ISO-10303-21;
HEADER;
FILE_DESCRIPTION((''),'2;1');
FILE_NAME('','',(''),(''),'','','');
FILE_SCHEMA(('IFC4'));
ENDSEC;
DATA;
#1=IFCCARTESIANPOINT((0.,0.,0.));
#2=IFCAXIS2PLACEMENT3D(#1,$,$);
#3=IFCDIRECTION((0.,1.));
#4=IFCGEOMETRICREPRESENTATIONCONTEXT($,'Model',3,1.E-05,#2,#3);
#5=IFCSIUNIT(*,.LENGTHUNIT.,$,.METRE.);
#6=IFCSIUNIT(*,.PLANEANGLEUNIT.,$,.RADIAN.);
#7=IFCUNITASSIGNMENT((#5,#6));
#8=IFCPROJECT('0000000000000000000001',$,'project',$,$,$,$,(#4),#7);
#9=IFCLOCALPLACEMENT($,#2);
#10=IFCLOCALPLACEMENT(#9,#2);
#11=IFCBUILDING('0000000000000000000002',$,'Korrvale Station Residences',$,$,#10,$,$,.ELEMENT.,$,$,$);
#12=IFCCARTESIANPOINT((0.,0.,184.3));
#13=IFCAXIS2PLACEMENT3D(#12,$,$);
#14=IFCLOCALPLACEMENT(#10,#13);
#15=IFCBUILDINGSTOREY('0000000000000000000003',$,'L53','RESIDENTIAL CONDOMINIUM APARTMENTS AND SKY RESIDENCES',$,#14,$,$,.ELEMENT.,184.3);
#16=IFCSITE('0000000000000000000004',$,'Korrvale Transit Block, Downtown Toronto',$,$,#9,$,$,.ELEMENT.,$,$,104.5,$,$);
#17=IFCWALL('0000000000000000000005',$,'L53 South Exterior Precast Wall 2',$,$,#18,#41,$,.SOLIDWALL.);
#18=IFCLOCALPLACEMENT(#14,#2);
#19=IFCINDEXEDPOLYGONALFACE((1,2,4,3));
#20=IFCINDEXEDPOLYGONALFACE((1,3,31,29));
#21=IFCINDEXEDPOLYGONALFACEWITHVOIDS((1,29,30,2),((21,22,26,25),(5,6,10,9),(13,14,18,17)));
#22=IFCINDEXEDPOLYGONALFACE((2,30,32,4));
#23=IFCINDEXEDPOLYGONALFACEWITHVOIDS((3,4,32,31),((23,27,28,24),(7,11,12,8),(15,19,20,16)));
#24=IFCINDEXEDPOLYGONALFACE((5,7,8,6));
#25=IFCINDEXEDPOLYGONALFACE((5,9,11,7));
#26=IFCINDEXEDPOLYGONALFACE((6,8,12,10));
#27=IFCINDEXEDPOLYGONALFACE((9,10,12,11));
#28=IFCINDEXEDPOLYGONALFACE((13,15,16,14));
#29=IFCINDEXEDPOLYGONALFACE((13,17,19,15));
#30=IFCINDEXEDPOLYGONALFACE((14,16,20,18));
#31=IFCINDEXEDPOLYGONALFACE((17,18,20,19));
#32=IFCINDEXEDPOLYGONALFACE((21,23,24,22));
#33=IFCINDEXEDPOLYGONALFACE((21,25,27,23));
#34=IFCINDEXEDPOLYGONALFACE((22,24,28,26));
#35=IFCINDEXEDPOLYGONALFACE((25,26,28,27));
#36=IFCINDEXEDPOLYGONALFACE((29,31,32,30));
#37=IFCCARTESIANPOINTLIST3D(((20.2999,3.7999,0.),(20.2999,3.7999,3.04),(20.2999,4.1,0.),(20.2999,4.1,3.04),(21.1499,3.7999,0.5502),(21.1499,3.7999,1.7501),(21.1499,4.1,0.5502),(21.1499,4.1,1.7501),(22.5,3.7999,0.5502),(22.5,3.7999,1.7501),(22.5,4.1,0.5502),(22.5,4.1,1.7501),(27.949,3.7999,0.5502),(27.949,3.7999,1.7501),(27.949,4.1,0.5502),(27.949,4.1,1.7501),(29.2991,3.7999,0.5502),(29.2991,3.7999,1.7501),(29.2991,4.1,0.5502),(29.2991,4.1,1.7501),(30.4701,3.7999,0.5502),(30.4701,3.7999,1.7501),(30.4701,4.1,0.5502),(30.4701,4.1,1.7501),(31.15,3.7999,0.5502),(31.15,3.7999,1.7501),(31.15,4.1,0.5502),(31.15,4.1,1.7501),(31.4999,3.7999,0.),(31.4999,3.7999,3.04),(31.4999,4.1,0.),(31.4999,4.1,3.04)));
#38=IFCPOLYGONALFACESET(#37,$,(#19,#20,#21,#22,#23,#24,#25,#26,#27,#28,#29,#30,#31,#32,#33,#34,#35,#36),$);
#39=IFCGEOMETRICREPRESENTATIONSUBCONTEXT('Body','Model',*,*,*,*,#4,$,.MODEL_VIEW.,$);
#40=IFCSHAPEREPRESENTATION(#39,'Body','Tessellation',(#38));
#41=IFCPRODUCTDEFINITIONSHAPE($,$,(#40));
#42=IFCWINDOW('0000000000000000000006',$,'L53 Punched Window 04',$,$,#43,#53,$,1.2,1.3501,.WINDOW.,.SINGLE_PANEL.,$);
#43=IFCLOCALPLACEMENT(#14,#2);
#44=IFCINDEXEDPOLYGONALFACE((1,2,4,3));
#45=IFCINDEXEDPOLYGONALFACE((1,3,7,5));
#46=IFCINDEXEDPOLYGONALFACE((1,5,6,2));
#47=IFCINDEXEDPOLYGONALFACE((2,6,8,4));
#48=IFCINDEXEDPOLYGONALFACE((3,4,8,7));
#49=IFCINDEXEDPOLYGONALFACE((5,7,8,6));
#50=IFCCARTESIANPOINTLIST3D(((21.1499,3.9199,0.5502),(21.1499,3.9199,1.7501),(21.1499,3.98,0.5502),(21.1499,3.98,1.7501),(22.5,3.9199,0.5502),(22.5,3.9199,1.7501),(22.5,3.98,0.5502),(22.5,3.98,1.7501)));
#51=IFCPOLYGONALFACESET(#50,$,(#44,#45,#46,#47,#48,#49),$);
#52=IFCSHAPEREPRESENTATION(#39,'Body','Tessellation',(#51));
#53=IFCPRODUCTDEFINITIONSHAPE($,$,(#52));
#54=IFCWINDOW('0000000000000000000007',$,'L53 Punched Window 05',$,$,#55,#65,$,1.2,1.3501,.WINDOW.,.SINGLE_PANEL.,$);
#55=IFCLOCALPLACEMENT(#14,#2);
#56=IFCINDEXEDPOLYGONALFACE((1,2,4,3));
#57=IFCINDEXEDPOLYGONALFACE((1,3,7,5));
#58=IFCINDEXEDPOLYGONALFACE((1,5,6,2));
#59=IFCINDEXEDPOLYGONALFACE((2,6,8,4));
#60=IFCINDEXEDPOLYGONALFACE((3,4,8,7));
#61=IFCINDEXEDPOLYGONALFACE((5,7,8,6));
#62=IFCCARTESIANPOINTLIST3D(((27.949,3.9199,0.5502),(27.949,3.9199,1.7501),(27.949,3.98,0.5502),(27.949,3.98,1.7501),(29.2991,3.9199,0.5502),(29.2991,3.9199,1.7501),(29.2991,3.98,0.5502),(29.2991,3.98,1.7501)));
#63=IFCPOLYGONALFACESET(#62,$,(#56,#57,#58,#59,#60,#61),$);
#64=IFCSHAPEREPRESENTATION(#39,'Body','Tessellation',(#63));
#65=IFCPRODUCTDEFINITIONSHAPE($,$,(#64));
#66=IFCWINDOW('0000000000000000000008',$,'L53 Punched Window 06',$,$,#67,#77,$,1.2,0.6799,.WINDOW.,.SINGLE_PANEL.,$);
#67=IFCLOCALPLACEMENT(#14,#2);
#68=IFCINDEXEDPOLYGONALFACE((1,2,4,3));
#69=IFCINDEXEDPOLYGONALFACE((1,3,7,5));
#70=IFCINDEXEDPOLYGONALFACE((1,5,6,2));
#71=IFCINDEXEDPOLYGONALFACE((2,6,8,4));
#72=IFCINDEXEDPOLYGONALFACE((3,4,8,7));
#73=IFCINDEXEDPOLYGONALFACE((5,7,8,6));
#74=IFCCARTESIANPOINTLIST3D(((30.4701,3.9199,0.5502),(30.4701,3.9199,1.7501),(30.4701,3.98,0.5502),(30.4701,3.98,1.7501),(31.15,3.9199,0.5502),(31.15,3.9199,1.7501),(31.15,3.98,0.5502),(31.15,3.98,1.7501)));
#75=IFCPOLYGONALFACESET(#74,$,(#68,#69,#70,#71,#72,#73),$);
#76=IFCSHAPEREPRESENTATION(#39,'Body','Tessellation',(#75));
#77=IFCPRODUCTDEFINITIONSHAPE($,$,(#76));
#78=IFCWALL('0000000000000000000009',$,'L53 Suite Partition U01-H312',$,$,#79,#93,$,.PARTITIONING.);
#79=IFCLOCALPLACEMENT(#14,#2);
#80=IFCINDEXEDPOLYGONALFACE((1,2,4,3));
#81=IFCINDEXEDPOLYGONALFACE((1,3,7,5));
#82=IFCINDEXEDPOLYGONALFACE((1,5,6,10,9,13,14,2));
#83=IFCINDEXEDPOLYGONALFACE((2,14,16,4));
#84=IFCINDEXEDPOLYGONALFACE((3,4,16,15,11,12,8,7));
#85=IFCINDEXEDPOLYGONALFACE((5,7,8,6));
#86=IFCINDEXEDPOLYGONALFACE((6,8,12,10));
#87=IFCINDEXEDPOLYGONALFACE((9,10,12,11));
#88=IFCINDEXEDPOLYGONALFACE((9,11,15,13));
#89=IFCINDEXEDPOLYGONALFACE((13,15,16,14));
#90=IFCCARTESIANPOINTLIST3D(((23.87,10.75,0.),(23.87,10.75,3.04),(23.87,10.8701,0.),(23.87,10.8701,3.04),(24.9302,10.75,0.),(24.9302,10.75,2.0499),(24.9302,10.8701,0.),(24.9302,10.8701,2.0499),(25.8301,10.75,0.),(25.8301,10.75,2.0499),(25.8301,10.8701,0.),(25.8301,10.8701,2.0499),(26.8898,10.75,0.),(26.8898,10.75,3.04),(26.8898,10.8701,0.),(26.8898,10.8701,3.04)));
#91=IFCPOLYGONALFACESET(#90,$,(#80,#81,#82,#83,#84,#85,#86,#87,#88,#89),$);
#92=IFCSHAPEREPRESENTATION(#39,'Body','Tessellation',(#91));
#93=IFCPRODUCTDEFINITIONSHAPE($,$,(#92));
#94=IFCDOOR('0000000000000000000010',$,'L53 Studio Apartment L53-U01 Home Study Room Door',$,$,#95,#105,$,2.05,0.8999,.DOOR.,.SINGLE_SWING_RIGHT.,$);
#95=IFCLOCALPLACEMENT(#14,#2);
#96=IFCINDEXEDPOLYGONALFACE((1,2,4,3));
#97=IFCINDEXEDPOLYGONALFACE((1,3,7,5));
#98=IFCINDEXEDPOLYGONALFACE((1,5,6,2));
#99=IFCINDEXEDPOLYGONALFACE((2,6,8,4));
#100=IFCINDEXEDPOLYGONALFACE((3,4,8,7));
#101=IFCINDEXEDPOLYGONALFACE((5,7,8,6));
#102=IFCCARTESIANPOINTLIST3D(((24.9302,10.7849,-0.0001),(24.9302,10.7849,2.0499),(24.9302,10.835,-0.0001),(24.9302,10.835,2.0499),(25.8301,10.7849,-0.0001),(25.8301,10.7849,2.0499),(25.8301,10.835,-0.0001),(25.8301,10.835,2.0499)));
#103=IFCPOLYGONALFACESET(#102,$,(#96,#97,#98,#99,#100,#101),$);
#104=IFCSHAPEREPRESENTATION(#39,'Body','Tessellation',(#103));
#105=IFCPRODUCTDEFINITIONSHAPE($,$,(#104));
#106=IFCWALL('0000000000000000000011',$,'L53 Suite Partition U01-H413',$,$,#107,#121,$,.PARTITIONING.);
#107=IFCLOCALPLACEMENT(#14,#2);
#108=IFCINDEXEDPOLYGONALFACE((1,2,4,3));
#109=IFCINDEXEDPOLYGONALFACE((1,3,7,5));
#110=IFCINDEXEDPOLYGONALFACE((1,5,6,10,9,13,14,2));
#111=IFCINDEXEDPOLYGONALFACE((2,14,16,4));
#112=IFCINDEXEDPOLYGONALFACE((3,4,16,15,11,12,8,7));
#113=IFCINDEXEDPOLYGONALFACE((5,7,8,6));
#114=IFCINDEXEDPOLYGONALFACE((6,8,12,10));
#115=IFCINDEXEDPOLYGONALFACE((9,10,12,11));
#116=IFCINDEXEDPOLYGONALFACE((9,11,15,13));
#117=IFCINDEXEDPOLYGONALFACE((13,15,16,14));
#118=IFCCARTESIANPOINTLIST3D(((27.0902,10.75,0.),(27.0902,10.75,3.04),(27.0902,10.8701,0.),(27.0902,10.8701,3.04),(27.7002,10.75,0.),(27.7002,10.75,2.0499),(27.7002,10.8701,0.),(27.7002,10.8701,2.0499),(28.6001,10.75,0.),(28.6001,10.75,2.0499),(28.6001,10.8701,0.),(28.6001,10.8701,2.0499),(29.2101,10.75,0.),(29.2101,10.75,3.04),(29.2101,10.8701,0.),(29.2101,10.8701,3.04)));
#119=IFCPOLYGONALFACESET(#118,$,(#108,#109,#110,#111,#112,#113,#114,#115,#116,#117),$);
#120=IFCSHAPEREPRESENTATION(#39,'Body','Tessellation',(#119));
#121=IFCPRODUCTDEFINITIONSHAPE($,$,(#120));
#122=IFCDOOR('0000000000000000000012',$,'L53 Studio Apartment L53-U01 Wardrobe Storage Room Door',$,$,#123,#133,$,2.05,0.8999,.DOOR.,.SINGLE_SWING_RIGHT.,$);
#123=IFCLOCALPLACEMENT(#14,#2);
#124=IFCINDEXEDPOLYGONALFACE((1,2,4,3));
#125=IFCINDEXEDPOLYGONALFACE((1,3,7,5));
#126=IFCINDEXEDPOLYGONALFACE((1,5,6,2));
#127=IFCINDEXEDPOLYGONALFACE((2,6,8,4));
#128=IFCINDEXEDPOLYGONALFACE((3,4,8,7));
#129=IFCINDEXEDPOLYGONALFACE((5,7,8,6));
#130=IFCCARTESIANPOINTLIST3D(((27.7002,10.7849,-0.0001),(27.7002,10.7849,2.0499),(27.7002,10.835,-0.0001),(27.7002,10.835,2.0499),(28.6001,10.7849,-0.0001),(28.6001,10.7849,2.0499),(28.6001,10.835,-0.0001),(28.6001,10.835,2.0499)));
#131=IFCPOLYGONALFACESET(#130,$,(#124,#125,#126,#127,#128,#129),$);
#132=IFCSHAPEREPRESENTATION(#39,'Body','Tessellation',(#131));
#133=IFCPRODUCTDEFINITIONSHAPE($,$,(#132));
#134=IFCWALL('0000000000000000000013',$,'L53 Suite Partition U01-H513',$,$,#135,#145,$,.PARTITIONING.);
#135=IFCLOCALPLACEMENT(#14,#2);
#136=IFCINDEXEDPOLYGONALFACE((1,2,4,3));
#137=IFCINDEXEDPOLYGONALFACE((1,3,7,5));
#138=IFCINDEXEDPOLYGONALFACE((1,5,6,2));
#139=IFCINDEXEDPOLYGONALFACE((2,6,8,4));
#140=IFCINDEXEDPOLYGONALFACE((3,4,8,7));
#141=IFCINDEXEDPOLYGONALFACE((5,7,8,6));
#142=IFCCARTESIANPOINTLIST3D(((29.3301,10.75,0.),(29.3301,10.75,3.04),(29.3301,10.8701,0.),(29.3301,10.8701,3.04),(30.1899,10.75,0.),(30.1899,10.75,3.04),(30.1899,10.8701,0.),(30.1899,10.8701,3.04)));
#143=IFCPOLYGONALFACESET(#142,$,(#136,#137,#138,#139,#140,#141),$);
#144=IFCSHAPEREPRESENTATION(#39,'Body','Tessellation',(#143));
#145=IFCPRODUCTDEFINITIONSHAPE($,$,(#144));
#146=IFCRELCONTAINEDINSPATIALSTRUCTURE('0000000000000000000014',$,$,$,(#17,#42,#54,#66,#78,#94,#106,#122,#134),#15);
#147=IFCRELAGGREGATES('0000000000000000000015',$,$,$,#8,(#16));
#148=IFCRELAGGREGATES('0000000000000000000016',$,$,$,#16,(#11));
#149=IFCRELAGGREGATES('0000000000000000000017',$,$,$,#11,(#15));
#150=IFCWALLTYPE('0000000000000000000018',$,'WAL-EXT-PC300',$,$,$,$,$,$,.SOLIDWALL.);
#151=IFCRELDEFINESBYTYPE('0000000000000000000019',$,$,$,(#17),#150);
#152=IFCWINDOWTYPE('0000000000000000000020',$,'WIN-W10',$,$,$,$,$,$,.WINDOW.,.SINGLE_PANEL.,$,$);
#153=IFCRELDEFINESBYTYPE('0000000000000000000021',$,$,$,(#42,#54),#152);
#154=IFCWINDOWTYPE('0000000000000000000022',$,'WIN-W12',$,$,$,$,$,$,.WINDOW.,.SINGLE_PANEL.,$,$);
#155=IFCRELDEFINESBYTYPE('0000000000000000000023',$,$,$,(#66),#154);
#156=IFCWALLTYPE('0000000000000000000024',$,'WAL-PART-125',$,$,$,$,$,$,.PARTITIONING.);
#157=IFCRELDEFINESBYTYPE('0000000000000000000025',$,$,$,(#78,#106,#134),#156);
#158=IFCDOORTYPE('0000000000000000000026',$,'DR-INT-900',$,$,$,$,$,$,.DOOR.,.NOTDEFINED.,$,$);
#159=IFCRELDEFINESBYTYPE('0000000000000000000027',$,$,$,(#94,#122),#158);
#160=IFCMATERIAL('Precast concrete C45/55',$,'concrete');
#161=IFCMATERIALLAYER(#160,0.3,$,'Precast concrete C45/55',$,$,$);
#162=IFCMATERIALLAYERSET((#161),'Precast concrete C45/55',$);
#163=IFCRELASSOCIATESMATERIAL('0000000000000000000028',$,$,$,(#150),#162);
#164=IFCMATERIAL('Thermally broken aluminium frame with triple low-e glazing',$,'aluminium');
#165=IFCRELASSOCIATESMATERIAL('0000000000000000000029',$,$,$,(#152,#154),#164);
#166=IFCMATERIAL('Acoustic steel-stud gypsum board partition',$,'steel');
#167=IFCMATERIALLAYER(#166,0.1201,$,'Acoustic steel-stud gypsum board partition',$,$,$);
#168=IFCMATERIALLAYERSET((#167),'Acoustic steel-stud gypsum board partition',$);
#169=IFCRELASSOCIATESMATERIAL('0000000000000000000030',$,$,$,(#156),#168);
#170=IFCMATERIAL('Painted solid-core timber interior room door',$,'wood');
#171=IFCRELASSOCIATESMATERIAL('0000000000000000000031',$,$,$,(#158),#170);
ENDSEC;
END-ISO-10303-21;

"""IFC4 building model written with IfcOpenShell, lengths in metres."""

from ifc_helpers import new_model, si_unit, direction, frame, frame_2d, origin, place, context, subcontext, project, spatial, rectangle, extrude, material, layer, layer_set, type_object, element, fill, save


model = new_model("IFC4")

# Units and contexts
model_context = context("Model", 3, precision=1e-05, world=origin(), true_north=direction((0.0, 1.0)))
body_context = subcontext(model_context, "Body", "Model", "MODEL_VIEW")
ifc_project = project(units=[si_unit("LENGTHUNIT", "METRE"), si_unit("PLANEANGLEUNIT", "RADIAN")], contexts=[model_context])

# Site, building, storey
site_placement = place(None, origin())
site = spatial("IfcSite", under=ifc_project, at=site_placement, Name="Korrvale Transit Block, Downtown Toronto", CompositionType="ELEMENT", RefElevation=104.5)
building_placement = place(site_placement, origin())
building = spatial("IfcBuilding", under=site, at=building_placement, Name="Korrvale Station Residences", CompositionType="ELEMENT")
storey_placement = place(building_placement, frame((0.0, 0.0, 184.3)))
storey = spatial("IfcBuildingStorey", under=building, at=storey_placement, Name="L53", Description="RESIDENTIAL CONDOMINIUM APARTMENTS AND SKY RESIDENCES", CompositionType="ELEMENT", Elevation=184.3)

# Shared definitions
ifc_material_1 = material(Name="Precast concrete C45/55", Category="concrete")

# Wall, openings, windows
ifc_layer_1 = layer(ifc_material_1, 0.3, Name="Precast concrete C45/55")
ifc_layer_set_1 = layer_set([ifc_layer_1], Name="Precast concrete C45/55")
wall_type_1 = type_object("IfcWallType", Name="WAL-EXT-PC300", PredefinedType="SOLIDWALL", material=ifc_layer_set_1)
wall_1_placement = place(storey_placement, frame((31.5, 3.95, 0.0), z_axis=(0.0, 0.0, 1.0), x_axis=(-1.0, 0.0, 0.0)))
wall_1 = element("IfcWall", 1, at=wall_1_placement, inside=storey, type_object=wall_type_1, Name="L53 South Exterior Precast Wall 2", PredefinedType="SOLIDWALL", context=body_context, shape_type="SweptSolid", body=[
    extrude(rectangle(XDim=11.2, YDim=0.3, at=frame_2d((5.6001, 0.0))), origin(), (0.0, 0.0, 1.0), 3.04),
])
opening_1_placement = place(wall_1_placement, frame((9.0, 0.0, 0.55)))
opening_1 = element("IfcOpeningElement", 2, at=opening_1_placement, cuts=wall_1, PredefinedType="OPENING", context=body_context, shape_type="SweptSolid", body=[
    extrude(rectangle(XDim=1.3501, YDim=1.2, at=frame_2d((0.675, 0.6001))), frame((0.0, 0.1602, 0.0), z_axis=(0.0, -1.0, 0.0), x_axis=(1.0, 0.0, 0.0)), (0.0, 0.0, 1.0), 0.3201),
])
opening_2_placement = place(wall_1_placement, frame((2.2009, 0.0, 0.55)))
opening_2 = element("IfcOpeningElement", 3, at=opening_2_placement, cuts=wall_1, PredefinedType="OPENING", context=body_context, shape_type="SweptSolid", body=[
    extrude(rectangle(XDim=1.3501, YDim=1.2, at=frame_2d((0.675, 0.6001))), frame((0.0, 0.1602, 0.0), z_axis=(0.0, -1.0, 0.0), x_axis=(1.0, 0.0, 0.0)), (0.0, 0.0, 1.0), 0.3201),
])
opening_3_placement = place(wall_1_placement, frame((0.3501, 0.0, 0.55)))
opening_3 = element("IfcOpeningElement", 4, at=opening_3_placement, cuts=wall_1, PredefinedType="OPENING", context=body_context, shape_type="SweptSolid", body=[
    extrude(rectangle(XDim=0.6799, YDim=1.2, at=frame_2d((0.3398, 0.6001))), frame((0.0, 0.1602, 0.0), z_axis=(0.0, -1.0, 0.0), x_axis=(1.0, 0.0, 0.0)), (0.0, 0.0, 1.0), 0.3201),
])
ifc_material_2 = material(Name="Thermally broken aluminium frame with triple low-e glazing", Category="aluminium")
window_type_1 = type_object("IfcWindowType", Name="WIN-W10", PartitioningType="SINGLE_PANEL", PredefinedType="WINDOW", material=ifc_material_2)
window_1_placement = place(opening_1_placement, origin())
window_1 = element("IfcWindow", 5, at=window_1_placement, inside=storey, type_object=window_type_1, Name="L53 Punched Window 04", OverallHeight=1.2, OverallWidth=1.3501, PartitioningType="SINGLE_PANEL", PredefinedType="WINDOW", context=body_context, shape_type="SweptSolid", body=[
    extrude(rectangle(XDim=1.3501, YDim=1.2, at=frame_2d((0.675, 0.6001))), frame((0.0, 0.03, 0.0), z_axis=(0.0, -1.0, 0.0), x_axis=(1.0, 0.0, 0.0)), (0.0, 0.0, 1.0), 0.0601),
])
fill(opening_1, window_1)
window_2_placement = place(opening_2_placement, origin())
window_2 = element("IfcWindow", 6, at=window_2_placement, inside=storey, type_object=window_type_1, Name="L53 Punched Window 05", OverallHeight=1.2, OverallWidth=1.3501, PartitioningType="SINGLE_PANEL", PredefinedType="WINDOW", context=body_context, shape_type="SweptSolid", body=[
    extrude(rectangle(XDim=1.3501, YDim=1.2, at=frame_2d((0.675, 0.6001))), frame((0.0, 0.03, 0.0), z_axis=(0.0, -1.0, 0.0), x_axis=(1.0, 0.0, 0.0)), (0.0, 0.0, 1.0), 0.0601),
])
fill(opening_2, window_2)
window_type_2 = type_object("IfcWindowType", Name="WIN-W12", PartitioningType="SINGLE_PANEL", PredefinedType="WINDOW", material=ifc_material_2)
window_3_placement = place(opening_3_placement, origin())
window_3 = element("IfcWindow", 7, at=window_3_placement, inside=storey, type_object=window_type_2, Name="L53 Punched Window 06", OverallHeight=1.2, OverallWidth=0.6799, PartitioningType="SINGLE_PANEL", PredefinedType="WINDOW", context=body_context, shape_type="SweptSolid", body=[
    extrude(rectangle(XDim=0.6799, YDim=1.2, at=frame_2d((0.3398, 0.6001))), frame((0.0, 0.03, 0.0), z_axis=(0.0, -1.0, 0.0), x_axis=(1.0, 0.0, 0.0)), (0.0, 0.0, 1.0), 0.0601),
])
fill(opening_3, window_3)

# Walls, openings, doors
ifc_material_3 = material(Name="Acoustic steel-stud gypsum board partition", Category="steel")
ifc_layer_2 = layer(ifc_material_3, 0.1201, Name="Acoustic steel-stud gypsum board partition")
ifc_layer_set_2 = layer_set([ifc_layer_2], Name="Acoustic steel-stud gypsum board partition")
wall_type_2 = type_object("IfcWallType", Name="WAL-PART-125", PredefinedType="PARTITIONING", material=ifc_layer_set_2)
wall_2_placement = place(storey_placement, frame((23.8701, 10.8101, 0.0), z_axis=(0.0, 0.0, 1.0), x_axis=(1.0, 0.0, 0.0)))
wall_2 = element("IfcWall", 8, at=wall_2_placement, inside=storey, type_object=wall_type_2, Name="L53 Suite Partition U01-H312", PredefinedType="PARTITIONING", context=body_context, shape_type="SweptSolid", body=[
    extrude(rectangle(XDim=3.0198, YDim=0.1201, at=frame_2d((1.5098, 0.0))), origin(), (0.0, 0.0, 1.0), 3.04),
])
opening_4_placement = place(wall_2_placement, frame((1.0601, 0.0, 0.0)))
opening_4 = element("IfcOpeningElement", 9, at=opening_4_placement, cuts=wall_2, PredefinedType="OPENING", context=body_context, shape_type="SweptSolid", body=[
    extrude(rectangle(XDim=0.8999, YDim=2.05, at=frame_2d((0.45, 1.0249))), frame((0.0, 0.0701, 0.0), z_axis=(0.0, -1.0, 0.0), x_axis=(1.0, 0.0, 0.0)), (0.0, 0.0, 1.0), 0.1401),
])
ifc_material_4 = material(Name="Painted solid-core timber interior room door", Category="wood")
door_type = type_object("IfcDoorType", Name="DR-INT-900", OperationType="NOTDEFINED", PredefinedType="DOOR", material=ifc_material_4)
door_1_placement = place(opening_4_placement, origin())
door_1 = element("IfcDoor", 10, at=door_1_placement, inside=storey, type_object=door_type, Name="L53 Studio Apartment L53-U01 Home Study Room Door", OperationType="SINGLE_SWING_RIGHT", OverallHeight=2.05, OverallWidth=0.8999, PredefinedType="DOOR", context=body_context, shape_type="SweptSolid", body=[
    extrude(rectangle(XDim=0.8999, YDim=2.05, at=frame_2d((0.45, 1.0249))), frame((0.0, 0.0249, 0.0), z_axis=(0.0, -1.0, 0.0), x_axis=(1.0, 0.0, 0.0)), (0.0, 0.0, 1.0), 0.05),
])
fill(opening_4, door_1)
wall_3_placement = place(storey_placement, frame((27.0901, 10.8101, 0.0), z_axis=(0.0, 0.0, 1.0), x_axis=(1.0, 0.0, 0.0)))
wall_3 = element("IfcWall", 11, at=wall_3_placement, inside=storey, type_object=wall_type_2, Name="L53 Suite Partition U01-H413", PredefinedType="PARTITIONING", context=body_context, shape_type="SweptSolid", body=[
    extrude(rectangle(XDim=2.1199, YDim=0.1201, at=frame_2d((1.0601, 0.0))), origin(), (0.0, 0.0, 1.0), 3.04),
])
opening_5_placement = place(wall_3_placement, frame((0.6101, 0.0, 0.0)))
opening_5 = element("IfcOpeningElement", 12, at=opening_5_placement, cuts=wall_3, PredefinedType="OPENING", context=body_context, shape_type="SweptSolid", body=[
    extrude(rectangle(XDim=0.8999, YDim=2.05, at=frame_2d((0.45, 1.0249))), frame((0.0, 0.0701, 0.0), z_axis=(0.0, -1.0, 0.0), x_axis=(1.0, 0.0, 0.0)), (0.0, 0.0, 1.0), 0.1401),
])
door_2_placement = place(opening_5_placement, origin())
door_2 = element("IfcDoor", 13, at=door_2_placement, inside=storey, type_object=door_type, Name="L53 Studio Apartment L53-U01 Wardrobe Storage Room Door", OperationType="SINGLE_SWING_RIGHT", OverallHeight=2.05, OverallWidth=0.8999, PredefinedType="DOOR", context=body_context, shape_type="SweptSolid", body=[
    extrude(rectangle(XDim=0.8999, YDim=2.05, at=frame_2d((0.45, 1.0249))), frame((0.0, 0.0249, 0.0), z_axis=(0.0, -1.0, 0.0), x_axis=(1.0, 0.0, 0.0)), (0.0, 0.0, 1.0), 0.05),
])
fill(opening_5, door_2)

# Wall
wall_4_placement = place(storey_placement, frame((29.3301, 10.8101, 0.0), z_axis=(0.0, 0.0, 1.0), x_axis=(1.0, 0.0, 0.0)))
element("IfcWall", 14, at=wall_4_placement, inside=storey, type_object=wall_type_2, Name="L53 Suite Partition U01-H513", PredefinedType="PARTITIONING", context=body_context, shape_type="SweptSolid", body=[
    extrude(rectangle(XDim=0.8599, YDim=0.1201, at=frame_2d((0.4299, 0.0))), origin(), (0.0, 0.0, 1.0), 3.04),
])

save(model, "model.ifc")
